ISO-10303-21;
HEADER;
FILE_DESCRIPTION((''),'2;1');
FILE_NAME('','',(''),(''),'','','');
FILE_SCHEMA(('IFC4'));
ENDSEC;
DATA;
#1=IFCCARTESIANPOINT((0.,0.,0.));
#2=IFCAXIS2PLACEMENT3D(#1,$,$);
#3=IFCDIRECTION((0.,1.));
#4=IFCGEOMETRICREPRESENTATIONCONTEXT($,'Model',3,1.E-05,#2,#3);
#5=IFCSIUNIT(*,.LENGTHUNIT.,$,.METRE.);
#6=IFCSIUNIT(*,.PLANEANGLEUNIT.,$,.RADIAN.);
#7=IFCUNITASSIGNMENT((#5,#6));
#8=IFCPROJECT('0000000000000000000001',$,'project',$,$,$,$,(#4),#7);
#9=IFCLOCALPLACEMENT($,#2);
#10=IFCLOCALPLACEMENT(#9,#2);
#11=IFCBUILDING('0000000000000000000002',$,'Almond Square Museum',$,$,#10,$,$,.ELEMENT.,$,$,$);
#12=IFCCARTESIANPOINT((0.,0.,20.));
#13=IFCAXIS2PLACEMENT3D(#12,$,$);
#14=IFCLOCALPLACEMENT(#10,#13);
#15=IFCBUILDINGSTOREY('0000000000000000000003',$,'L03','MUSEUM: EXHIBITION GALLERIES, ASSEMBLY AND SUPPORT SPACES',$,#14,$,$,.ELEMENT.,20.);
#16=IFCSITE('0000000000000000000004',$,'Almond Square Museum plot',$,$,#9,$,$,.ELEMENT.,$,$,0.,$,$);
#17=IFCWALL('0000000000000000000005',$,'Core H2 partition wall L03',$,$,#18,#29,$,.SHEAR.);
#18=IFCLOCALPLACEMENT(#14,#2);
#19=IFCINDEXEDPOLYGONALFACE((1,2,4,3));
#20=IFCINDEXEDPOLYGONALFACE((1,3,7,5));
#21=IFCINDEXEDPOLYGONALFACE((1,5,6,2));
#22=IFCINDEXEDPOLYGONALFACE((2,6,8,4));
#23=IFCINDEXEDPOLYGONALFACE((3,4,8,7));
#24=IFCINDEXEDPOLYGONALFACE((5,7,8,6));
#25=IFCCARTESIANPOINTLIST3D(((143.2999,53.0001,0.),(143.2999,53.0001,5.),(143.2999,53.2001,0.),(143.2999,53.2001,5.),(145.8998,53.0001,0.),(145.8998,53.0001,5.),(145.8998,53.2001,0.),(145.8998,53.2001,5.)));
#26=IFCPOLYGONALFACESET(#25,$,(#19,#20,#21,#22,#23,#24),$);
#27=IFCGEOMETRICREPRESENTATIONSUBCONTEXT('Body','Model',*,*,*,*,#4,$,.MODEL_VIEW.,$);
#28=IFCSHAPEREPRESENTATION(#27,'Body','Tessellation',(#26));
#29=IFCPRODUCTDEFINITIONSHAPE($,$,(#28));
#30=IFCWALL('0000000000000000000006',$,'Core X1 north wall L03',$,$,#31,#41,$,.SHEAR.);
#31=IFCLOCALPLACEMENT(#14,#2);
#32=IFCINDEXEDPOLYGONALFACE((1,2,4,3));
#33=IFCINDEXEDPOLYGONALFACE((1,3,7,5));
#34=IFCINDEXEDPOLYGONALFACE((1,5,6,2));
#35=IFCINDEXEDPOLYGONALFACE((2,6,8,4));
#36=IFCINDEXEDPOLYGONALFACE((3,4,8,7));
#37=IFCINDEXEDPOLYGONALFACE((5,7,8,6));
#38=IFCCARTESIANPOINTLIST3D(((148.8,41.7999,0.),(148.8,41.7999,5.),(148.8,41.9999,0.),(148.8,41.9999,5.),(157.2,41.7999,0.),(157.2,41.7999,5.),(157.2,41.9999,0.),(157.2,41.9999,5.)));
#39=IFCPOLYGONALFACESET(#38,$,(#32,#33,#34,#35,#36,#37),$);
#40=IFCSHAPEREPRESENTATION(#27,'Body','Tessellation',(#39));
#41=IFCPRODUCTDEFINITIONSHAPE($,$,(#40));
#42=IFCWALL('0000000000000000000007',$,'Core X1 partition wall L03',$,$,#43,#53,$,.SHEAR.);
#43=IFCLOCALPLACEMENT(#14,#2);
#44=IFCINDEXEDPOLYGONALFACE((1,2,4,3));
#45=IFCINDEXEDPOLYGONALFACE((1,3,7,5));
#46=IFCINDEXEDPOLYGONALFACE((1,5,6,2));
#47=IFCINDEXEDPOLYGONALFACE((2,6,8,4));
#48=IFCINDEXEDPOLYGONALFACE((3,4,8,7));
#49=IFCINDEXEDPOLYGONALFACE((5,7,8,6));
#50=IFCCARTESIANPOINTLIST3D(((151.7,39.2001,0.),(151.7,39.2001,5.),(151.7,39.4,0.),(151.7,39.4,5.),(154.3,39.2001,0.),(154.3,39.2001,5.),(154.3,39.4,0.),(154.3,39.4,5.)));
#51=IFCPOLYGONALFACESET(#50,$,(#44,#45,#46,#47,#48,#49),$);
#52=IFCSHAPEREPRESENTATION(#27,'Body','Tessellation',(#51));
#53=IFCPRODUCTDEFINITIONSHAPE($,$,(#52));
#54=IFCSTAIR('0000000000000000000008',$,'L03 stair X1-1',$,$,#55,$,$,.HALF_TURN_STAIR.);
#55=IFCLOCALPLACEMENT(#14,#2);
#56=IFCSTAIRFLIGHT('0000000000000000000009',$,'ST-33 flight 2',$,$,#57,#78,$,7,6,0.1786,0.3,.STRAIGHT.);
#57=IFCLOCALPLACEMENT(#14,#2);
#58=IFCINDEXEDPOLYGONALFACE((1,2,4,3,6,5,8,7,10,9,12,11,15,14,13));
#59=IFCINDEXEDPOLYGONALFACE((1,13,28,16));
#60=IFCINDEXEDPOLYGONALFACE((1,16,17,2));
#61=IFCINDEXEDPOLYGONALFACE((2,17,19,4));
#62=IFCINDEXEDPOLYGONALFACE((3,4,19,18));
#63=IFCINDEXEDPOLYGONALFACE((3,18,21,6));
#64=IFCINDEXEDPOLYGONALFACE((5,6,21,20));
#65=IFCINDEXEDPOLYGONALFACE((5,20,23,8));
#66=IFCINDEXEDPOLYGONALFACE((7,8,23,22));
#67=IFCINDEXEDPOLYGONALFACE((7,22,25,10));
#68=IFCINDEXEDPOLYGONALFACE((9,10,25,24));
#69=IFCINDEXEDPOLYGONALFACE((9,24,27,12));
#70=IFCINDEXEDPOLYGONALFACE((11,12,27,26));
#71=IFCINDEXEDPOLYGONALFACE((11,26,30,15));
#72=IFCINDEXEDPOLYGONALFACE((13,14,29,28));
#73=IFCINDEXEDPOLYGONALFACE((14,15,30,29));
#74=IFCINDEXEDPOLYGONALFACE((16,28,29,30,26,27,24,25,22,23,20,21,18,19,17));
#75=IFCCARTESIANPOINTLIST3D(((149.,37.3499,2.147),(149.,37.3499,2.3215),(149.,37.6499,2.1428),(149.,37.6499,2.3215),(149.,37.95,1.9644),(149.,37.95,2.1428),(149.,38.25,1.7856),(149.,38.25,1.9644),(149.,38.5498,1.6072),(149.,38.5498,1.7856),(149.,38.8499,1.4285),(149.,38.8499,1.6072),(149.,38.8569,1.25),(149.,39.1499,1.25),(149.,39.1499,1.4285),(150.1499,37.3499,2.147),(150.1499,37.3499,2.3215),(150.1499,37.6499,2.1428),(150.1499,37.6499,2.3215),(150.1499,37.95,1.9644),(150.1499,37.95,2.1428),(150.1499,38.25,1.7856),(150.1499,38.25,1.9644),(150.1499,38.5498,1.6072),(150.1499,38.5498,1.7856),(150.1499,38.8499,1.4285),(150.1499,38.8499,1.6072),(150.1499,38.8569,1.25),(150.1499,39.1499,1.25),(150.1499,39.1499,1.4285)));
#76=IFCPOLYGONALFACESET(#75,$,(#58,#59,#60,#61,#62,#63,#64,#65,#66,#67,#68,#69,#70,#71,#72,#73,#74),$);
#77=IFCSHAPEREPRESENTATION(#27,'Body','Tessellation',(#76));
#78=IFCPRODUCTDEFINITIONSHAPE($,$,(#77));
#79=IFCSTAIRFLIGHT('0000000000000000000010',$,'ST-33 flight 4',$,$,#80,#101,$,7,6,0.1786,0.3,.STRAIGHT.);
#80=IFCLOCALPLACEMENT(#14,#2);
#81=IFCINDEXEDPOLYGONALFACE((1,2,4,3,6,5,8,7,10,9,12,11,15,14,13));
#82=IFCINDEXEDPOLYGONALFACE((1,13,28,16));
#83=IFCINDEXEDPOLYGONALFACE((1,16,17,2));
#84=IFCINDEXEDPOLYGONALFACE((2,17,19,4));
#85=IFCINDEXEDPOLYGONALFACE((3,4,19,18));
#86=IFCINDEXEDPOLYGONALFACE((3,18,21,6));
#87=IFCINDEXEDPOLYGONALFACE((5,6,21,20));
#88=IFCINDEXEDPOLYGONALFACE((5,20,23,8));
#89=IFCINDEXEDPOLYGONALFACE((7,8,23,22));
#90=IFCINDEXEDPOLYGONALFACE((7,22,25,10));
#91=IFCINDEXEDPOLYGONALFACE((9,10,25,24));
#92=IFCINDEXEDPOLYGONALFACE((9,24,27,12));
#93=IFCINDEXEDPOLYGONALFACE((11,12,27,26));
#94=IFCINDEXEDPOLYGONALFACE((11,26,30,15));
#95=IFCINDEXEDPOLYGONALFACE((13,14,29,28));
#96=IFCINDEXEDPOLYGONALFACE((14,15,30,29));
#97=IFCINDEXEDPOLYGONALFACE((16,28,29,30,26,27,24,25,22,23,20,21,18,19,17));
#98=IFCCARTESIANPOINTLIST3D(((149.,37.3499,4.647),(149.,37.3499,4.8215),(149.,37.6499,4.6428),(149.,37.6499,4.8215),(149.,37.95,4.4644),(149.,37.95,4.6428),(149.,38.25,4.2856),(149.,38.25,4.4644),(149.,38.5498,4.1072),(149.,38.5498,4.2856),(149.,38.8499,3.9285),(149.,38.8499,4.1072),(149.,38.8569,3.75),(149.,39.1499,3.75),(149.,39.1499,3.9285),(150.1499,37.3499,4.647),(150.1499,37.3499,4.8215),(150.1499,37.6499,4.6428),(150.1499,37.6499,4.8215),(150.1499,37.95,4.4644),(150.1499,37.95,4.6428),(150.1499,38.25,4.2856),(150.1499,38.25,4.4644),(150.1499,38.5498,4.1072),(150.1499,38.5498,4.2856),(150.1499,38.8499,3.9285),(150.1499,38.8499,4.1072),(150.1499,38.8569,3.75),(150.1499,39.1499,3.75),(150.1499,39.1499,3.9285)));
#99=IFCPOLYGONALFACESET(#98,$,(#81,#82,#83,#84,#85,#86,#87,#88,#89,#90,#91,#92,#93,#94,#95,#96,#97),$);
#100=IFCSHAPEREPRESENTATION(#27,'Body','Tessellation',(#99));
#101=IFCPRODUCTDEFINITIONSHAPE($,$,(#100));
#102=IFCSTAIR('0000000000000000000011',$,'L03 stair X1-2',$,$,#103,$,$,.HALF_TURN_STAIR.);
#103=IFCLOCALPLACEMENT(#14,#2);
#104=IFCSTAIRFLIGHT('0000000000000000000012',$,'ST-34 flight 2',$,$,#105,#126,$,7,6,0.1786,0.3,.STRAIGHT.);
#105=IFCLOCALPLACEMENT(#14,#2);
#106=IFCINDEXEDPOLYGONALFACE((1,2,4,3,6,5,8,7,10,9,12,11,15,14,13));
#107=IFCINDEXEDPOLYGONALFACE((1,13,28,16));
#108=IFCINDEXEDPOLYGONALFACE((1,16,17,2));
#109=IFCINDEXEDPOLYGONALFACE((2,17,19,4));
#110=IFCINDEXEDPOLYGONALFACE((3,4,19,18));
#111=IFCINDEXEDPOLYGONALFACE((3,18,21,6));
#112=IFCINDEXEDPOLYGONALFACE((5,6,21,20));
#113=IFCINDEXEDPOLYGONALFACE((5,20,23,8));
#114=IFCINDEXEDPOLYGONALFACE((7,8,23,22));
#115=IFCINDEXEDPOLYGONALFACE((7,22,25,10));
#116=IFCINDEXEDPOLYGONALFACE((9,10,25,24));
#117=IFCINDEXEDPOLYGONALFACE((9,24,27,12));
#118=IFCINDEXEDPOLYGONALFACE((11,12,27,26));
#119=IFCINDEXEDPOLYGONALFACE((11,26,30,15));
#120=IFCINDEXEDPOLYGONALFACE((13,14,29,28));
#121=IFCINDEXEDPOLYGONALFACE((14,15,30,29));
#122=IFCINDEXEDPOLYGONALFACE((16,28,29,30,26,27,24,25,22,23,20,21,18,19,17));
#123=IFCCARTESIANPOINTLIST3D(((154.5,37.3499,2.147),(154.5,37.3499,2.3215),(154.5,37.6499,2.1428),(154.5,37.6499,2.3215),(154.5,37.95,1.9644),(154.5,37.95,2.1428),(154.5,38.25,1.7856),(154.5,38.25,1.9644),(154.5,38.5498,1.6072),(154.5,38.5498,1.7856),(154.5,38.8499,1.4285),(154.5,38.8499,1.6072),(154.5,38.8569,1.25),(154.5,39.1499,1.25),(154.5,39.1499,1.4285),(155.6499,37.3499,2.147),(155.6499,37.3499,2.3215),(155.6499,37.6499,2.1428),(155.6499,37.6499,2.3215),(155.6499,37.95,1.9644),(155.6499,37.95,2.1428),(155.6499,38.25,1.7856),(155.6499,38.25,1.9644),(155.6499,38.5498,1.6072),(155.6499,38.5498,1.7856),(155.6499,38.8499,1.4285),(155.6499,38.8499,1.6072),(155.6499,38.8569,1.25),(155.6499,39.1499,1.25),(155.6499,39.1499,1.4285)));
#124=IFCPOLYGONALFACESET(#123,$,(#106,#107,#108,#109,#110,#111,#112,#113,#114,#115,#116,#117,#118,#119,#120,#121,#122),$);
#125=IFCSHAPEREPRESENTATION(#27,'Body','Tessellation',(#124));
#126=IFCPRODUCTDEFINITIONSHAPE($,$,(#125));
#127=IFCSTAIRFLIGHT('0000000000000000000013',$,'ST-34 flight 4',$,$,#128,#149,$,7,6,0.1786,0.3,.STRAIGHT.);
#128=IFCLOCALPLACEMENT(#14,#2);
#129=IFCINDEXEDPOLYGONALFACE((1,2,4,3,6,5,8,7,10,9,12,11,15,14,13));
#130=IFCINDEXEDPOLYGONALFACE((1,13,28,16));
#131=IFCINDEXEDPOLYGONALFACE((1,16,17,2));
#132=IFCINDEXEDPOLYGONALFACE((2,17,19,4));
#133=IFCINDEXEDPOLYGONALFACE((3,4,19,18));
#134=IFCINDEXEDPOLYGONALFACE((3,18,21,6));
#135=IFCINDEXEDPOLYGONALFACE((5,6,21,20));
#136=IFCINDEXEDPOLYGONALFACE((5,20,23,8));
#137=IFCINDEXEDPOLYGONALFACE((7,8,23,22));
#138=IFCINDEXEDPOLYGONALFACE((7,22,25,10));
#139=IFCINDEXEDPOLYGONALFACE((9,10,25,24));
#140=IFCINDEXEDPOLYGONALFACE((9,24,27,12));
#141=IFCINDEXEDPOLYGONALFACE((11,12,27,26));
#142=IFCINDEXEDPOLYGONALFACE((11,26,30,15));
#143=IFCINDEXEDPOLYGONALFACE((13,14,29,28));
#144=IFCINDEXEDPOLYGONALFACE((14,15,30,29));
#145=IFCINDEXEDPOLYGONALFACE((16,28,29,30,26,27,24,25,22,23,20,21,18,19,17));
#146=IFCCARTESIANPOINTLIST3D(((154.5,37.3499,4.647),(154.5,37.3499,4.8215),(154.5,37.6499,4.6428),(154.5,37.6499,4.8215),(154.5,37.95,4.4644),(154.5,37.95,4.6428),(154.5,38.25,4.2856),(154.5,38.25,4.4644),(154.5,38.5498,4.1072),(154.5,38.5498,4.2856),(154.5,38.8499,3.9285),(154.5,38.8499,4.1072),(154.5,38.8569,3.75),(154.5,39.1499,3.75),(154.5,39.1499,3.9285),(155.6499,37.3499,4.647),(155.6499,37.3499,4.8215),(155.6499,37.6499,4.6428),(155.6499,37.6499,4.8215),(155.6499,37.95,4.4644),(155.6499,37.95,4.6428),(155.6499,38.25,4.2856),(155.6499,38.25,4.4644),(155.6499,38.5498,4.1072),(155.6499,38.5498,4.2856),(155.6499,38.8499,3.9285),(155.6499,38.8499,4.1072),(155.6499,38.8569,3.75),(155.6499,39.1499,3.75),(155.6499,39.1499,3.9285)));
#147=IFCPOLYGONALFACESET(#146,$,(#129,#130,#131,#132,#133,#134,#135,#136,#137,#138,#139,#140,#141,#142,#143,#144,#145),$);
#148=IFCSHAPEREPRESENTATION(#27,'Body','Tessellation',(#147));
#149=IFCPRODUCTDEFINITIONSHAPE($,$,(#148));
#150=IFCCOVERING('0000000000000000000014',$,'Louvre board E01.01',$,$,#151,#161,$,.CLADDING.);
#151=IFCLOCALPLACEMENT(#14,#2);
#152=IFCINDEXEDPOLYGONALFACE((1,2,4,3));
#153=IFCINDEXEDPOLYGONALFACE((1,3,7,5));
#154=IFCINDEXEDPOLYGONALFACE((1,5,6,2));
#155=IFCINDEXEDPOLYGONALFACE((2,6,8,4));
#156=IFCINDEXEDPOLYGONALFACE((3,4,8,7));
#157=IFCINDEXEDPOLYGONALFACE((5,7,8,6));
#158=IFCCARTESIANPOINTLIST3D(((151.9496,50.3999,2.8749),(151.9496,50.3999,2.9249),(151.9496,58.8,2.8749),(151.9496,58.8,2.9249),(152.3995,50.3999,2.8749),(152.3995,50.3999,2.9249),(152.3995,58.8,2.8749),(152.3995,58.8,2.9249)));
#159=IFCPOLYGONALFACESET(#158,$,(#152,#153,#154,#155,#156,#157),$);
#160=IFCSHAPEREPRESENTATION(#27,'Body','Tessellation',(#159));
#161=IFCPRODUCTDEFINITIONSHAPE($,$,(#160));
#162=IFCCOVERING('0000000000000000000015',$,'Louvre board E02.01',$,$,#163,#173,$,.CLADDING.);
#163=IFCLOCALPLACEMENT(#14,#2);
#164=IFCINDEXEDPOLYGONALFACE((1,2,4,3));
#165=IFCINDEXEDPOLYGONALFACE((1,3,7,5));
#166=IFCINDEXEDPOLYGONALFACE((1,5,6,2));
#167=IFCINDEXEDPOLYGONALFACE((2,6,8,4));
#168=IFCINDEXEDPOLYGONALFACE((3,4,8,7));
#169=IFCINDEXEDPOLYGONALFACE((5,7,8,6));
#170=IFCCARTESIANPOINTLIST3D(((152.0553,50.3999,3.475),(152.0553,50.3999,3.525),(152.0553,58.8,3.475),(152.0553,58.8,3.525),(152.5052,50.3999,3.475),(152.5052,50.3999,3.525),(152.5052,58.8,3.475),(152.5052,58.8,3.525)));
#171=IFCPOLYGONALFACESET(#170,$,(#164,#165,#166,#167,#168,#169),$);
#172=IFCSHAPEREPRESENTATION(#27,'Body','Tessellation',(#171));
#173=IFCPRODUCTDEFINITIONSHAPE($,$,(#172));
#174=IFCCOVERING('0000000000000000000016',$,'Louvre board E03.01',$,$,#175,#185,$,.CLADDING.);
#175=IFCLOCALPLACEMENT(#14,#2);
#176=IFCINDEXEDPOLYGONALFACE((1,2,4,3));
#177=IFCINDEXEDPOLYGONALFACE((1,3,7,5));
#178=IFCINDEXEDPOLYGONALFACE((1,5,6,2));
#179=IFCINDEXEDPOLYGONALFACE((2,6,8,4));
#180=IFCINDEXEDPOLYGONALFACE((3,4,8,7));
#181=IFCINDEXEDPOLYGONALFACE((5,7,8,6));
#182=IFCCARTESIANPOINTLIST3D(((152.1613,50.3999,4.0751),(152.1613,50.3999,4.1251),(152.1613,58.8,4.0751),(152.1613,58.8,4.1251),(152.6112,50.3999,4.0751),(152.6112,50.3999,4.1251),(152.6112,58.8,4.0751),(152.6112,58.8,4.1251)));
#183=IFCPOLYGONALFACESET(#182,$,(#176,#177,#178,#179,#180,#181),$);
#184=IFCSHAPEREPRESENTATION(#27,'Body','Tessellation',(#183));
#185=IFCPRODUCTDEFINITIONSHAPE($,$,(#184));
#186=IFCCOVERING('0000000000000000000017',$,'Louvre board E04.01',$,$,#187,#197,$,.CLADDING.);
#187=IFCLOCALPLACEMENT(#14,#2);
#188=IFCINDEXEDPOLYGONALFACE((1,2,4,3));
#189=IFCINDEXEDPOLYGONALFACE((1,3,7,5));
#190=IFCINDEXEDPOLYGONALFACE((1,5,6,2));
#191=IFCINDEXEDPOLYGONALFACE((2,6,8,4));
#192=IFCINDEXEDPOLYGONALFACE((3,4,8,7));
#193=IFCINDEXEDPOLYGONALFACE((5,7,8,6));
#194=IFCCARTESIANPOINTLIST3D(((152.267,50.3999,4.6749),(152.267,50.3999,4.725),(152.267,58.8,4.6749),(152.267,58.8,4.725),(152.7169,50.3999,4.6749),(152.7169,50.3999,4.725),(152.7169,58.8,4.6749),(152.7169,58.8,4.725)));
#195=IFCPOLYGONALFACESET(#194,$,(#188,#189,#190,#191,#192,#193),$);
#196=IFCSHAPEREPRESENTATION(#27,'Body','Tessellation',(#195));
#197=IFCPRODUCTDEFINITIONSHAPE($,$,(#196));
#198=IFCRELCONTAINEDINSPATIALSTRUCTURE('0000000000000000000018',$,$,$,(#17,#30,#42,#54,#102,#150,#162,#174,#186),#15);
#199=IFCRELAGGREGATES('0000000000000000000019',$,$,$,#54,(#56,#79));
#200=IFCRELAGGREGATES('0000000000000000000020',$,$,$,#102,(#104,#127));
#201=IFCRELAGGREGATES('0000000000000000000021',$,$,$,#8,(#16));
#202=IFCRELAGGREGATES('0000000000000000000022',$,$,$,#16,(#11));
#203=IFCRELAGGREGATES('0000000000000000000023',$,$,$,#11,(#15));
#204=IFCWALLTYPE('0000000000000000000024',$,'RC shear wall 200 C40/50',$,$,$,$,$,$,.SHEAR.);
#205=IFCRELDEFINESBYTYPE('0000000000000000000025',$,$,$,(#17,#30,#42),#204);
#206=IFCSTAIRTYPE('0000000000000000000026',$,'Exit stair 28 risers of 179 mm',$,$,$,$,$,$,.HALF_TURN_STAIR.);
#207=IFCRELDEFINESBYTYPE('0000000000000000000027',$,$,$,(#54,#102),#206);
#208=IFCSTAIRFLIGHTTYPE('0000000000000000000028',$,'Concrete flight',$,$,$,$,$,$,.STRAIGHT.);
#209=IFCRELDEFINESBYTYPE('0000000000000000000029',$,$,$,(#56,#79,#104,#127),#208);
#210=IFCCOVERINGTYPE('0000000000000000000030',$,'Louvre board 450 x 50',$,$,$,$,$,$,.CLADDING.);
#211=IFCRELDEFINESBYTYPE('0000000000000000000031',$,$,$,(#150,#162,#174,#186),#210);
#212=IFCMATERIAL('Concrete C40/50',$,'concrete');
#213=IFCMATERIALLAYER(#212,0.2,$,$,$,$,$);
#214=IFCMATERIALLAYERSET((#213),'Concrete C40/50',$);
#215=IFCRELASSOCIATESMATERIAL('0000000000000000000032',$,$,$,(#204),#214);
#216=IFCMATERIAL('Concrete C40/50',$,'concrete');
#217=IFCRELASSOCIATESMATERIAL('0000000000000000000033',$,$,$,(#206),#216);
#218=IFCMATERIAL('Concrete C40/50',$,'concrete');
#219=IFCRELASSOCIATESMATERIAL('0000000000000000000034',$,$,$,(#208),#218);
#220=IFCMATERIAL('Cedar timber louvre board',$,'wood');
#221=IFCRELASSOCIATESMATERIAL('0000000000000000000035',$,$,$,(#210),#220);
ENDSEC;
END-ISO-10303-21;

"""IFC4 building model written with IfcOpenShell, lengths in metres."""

from ifc_helpers import new_model, si_unit, direction, frame, frame_2d, origin, origin_2d, place, context, subcontext, project, spatial, polyline, rectangle, outline, extrude, material, layer, layer_set, material_profile, profile_set, type_object, element, aggregate, save


model = new_model("IFC4")

# Units and contexts
model_context = context("Model", 3, precision=1e-05, world=origin(), true_north=direction((0.0, 1.0)))
body_context = subcontext(model_context, "Body", "Model", "MODEL_VIEW")
ifc_project = project(units=[si_unit("LENGTHUNIT", "METRE"), si_unit("PLANEANGLEUNIT", "RADIAN")], contexts=[model_context])

# Site, building, storey
site_placement = place(None, origin())
site = spatial("IfcSite", under=ifc_project, at=site_placement, Name="Almond Square Museum plot", CompositionType="ELEMENT", RefElevation=0.0)
building_placement = place(site_placement, origin())
building = spatial("IfcBuilding", under=site, at=building_placement, Name="Almond Square Museum", CompositionType="ELEMENT")
storey_placement = place(building_placement, frame((0.0, 0.0, 20.0)))
storey = spatial("IfcBuildingStorey", under=building, at=storey_placement, Name="L03", Description="MUSEUM: EXHIBITION GALLERIES, ASSEMBLY AND SUPPORT SPACES", CompositionType="ELEMENT", Elevation=20.0)

# Walls
ifc_material_1 = material(Name="Concrete C40/50", Category="concrete")
ifc_layer_1 = layer(ifc_material_1, 0.2)
ifc_layer_set_1 = layer_set([ifc_layer_1], Name="Concrete C40/50")
wall_type = type_object("IfcWallType", Name="RC shear wall 200 C40/50", PredefinedType="SHEAR", material=ifc_layer_set_1)
wall_1_placement = place(storey_placement, frame((143.3, 53.1001, 0.0), z_axis=(0.0, 0.0, 1.0), x_axis=(1.0, 0.0, 0.0)))
element("IfcWall", 1, at=wall_1_placement, inside=storey, type_object=wall_type, Name="Core H2 partition wall L03", PredefinedType="SHEAR", context=body_context, shape_type="SweptSolid", body=[
    extrude(rectangle(XDim=2.5999, YDim=0.2, at=frame_2d((1.2998, 0.0))), origin(), (0.0, 0.0, 1.0), 5.0),
])
wall_2_placement = place(storey_placement, frame((148.8, 41.8999, 0.0), z_axis=(0.0, 0.0, 1.0), x_axis=(1.0, 0.0, 0.0)))
element("IfcWall", 2, at=wall_2_placement, inside=storey, type_object=wall_type, Name="Core X1 north wall L03", PredefinedType="SHEAR", context=body_context, shape_type="SweptSolid", body=[
    extrude(rectangle(XDim=8.3999, YDim=0.2, at=frame_2d((4.2, 0.0))), origin(), (0.0, 0.0, 1.0), 5.0),
])
wall_3_placement = place(storey_placement, frame((151.7, 39.3, 0.0), z_axis=(0.0, 0.0, 1.0), x_axis=(1.0, 0.0, 0.0)))
element("IfcWall", 3, at=wall_3_placement, inside=storey, type_object=wall_type, Name="Core X1 partition wall L03", PredefinedType="SHEAR", context=body_context, shape_type="SweptSolid", body=[
    extrude(rectangle(XDim=2.6001, YDim=0.2, at=frame_2d((1.3, 0.0))), origin(), (0.0, 0.0, 1.0), 5.0),
])

# Stairs, stair flights
ifc_material_2 = material(Name="Concrete C40/50", Category="concrete")
stair_type = type_object("IfcStairType", Name="Exit stair 28 risers of 179 mm", PredefinedType="HALF_TURN_STAIR", material=ifc_material_2)
stair_1_placement = place(storey_placement, origin())
stair_1 = element("IfcStair", 4, at=stair_1_placement, inside=storey, type_object=stair_type, Name="L03 stair X1-1", PredefinedType="HALF_TURN_STAIR")
ifc_material_3 = material(Name="Concrete C40/50", Category="concrete")
stair_flight_type = type_object("IfcStairFlightType", Name="Concrete flight", PredefinedType="STRAIGHT", material=ifc_material_3)
stair_flight_1_placement = place(storey_placement, frame((149.575, 39.1499, 1.25), z_axis=(0.0, 0.0, 1.0), x_axis=(0.0, -1.0, 0.0)))
stair_flight_1 = element("IfcStairFlight", 5, at=stair_flight_1_placement, type_object=stair_flight_type, Name="ST-33 flight 2", NumberOfRisers=7, NumberOfTreads=6, PredefinedType="STRAIGHT", RiserHeight=0.1786, TreadLength=0.3, context=body_context, shape_type="SweptSolid", body=[
    extrude(outline(polyline([(0.0, 0.0), (0.0, 0.1785), (0.3, 0.1785), (0.3, 0.3572), (0.6001, 0.3572), (0.6001, 0.5356), (0.8999, 0.5356), (0.8999, 0.7144), (1.2, 0.7144), (1.2, 0.8928), (1.5, 0.8928), (1.5, 1.0715), (1.8, 1.0715), (1.8, 1.25), (1.8, 0.897), (0.293, 0.0), (0.0, 0.0)])), frame((0.0, 0.575, 0.0), z_axis=(0.0, -1.0, 0.0), x_axis=(1.0, 0.0, 0.0)), (0.0, 0.0, 1.0), 1.1499),
])
stair_flight_2_placement = place(storey_placement, frame((149.575, 39.1499, 3.75), z_axis=(0.0, 0.0, 1.0), x_axis=(0.0, -1.0, 0.0)))
stair_flight_2 = element("IfcStairFlight", 6, at=stair_flight_2_placement, type_object=stair_flight_type, Name="ST-33 flight 4", NumberOfRisers=7, NumberOfTreads=6, PredefinedType="STRAIGHT", RiserHeight=0.1786, TreadLength=0.3, context=body_context, shape_type="SweptSolid", body=[
    extrude(outline(polyline([(0.0, 0.0), (0.0, 0.1785), (0.3, 0.1785), (0.3, 0.3572), (0.6001, 0.3572), (0.6001, 0.5356), (0.8999, 0.5356), (0.8999, 0.7144), (1.2, 0.7144), (1.2, 0.8928), (1.5, 0.8928), (1.5, 1.0715), (1.8, 1.0715), (1.8, 1.25), (1.8, 0.897), (0.293, 0.0), (0.0, 0.0)])), frame((0.0, 0.575, 0.0), z_axis=(0.0, -1.0, 0.0), x_axis=(1.0, 0.0, 0.0)), (0.0, 0.0, 1.0), 1.1499),
])
aggregate(stair_1, [stair_flight_1, stair_flight_2])
stair_2_placement = place(storey_placement, origin())
stair_2 = element("IfcStair", 7, at=stair_2_placement, inside=storey, type_object=stair_type, Name="L03 stair X1-2", PredefinedType="HALF_TURN_STAIR")
stair_flight_3_placement = place(storey_placement, frame((155.075, 39.1499, 1.25), z_axis=(0.0, 0.0, 1.0), x_axis=(0.0, -1.0, 0.0)))
stair_flight_3 = element("IfcStairFlight", 8, at=stair_flight_3_placement, type_object=stair_flight_type, Name="ST-34 flight 2", NumberOfRisers=7, NumberOfTreads=6, PredefinedType="STRAIGHT", RiserHeight=0.1786, TreadLength=0.3, context=body_context, shape_type="SweptSolid", body=[
    extrude(outline(polyline([(0.0, 0.0), (0.0, 0.1785), (0.3, 0.1785), (0.3, 0.3572), (0.6001, 0.3572), (0.6001, 0.5356), (0.8999, 0.5356), (0.8999, 0.7144), (1.2, 0.7144), (1.2, 0.8928), (1.5, 0.8928), (1.5, 1.0715), (1.8, 1.0715), (1.8, 1.25), (1.8, 0.897), (0.293, 0.0), (0.0, 0.0)])), frame((0.0, 0.575, 0.0), z_axis=(0.0, -1.0, 0.0), x_axis=(1.0, 0.0, 0.0)), (0.0, 0.0, 1.0), 1.1499),
])
stair_flight_4_placement = place(storey_placement, frame((155.075, 39.1499, 3.75), z_axis=(0.0, 0.0, 1.0), x_axis=(0.0, -1.0, 0.0)))
stair_flight_4 = element("IfcStairFlight", 9, at=stair_flight_4_placement, type_object=stair_flight_type, Name="ST-34 flight 4", NumberOfRisers=7, NumberOfTreads=6, PredefinedType="STRAIGHT", RiserHeight=0.1786, TreadLength=0.3, context=body_context, shape_type="SweptSolid", body=[
    extrude(outline(polyline([(0.0, 0.0), (0.0, 0.1785), (0.3, 0.1785), (0.3, 0.3572), (0.6001, 0.3572), (0.6001, 0.5356), (0.8999, 0.5356), (0.8999, 0.7144), (1.2, 0.7144), (1.2, 0.8928), (1.5, 0.8928), (1.5, 1.0715), (1.8, 1.0715), (1.8, 1.25), (1.8, 0.897), (0.293, 0.0), (0.0, 0.0)])), frame((0.0, 0.575, 0.0), z_axis=(0.0, -1.0, 0.0), x_axis=(1.0, 0.0, 0.0)), (0.0, 0.0, 1.0), 1.1499),
])
aggregate(stair_2, [stair_flight_3, stair_flight_4])

# Coverings
ifc_material_4 = material(Name="Cedar timber louvre board", Category="wood")
ifc_material_profile_1 = material_profile(ifc_material_4, rectangle(XDim=0.45, YDim=0.05, at=origin_2d()))
ifc_profile_set_1 = profile_set([ifc_material_profile_1], Name="Cedar timber louvre board")
covering_type_1 = type_object("IfcCoveringType", Name="Louvre board 450 x 50", PredefinedType="CLADDING", material=ifc_profile_set_1)
for number, where, z_axis, x_axis, name in (
    (10, (152.1746, 50.3999, 2.8999), (0.0, 1.0, 0.0), (-1.0, 0.0, 0.0), "Louvre board E01.01"),
    (11, (152.2803, 50.3999, 3.5), (0.0, 1.0, 0.0), (-1.0, 0.0, 0.0), "Louvre board E02.01"),
    (12, (152.3862, 50.3999, 4.1001), (0.0, 1.0, 0.0), (-1.0, 0.0, 0.0), "Louvre board E03.01"),
    (13, (152.4919, 50.3999, 4.7), (0.0, 1.0, 0.0), (-1.0, 0.0, 0.0), "Louvre board E04.01"),
):
    element("IfcCovering", number, at=place(storey_placement, frame(where, z_axis=z_axis, x_axis=x_axis)), inside=storey, type_object=covering_type_1, Name=name, PredefinedType="CLADDING", context=body_context, shape_type="SweptSolid", body=[
        extrude(rectangle(XDim=0.45, YDim=0.05, at=origin_2d()), origin(), (0.0, 0.0, 1.0), 8.4001),
    ])

save(model, "model.ifc")
